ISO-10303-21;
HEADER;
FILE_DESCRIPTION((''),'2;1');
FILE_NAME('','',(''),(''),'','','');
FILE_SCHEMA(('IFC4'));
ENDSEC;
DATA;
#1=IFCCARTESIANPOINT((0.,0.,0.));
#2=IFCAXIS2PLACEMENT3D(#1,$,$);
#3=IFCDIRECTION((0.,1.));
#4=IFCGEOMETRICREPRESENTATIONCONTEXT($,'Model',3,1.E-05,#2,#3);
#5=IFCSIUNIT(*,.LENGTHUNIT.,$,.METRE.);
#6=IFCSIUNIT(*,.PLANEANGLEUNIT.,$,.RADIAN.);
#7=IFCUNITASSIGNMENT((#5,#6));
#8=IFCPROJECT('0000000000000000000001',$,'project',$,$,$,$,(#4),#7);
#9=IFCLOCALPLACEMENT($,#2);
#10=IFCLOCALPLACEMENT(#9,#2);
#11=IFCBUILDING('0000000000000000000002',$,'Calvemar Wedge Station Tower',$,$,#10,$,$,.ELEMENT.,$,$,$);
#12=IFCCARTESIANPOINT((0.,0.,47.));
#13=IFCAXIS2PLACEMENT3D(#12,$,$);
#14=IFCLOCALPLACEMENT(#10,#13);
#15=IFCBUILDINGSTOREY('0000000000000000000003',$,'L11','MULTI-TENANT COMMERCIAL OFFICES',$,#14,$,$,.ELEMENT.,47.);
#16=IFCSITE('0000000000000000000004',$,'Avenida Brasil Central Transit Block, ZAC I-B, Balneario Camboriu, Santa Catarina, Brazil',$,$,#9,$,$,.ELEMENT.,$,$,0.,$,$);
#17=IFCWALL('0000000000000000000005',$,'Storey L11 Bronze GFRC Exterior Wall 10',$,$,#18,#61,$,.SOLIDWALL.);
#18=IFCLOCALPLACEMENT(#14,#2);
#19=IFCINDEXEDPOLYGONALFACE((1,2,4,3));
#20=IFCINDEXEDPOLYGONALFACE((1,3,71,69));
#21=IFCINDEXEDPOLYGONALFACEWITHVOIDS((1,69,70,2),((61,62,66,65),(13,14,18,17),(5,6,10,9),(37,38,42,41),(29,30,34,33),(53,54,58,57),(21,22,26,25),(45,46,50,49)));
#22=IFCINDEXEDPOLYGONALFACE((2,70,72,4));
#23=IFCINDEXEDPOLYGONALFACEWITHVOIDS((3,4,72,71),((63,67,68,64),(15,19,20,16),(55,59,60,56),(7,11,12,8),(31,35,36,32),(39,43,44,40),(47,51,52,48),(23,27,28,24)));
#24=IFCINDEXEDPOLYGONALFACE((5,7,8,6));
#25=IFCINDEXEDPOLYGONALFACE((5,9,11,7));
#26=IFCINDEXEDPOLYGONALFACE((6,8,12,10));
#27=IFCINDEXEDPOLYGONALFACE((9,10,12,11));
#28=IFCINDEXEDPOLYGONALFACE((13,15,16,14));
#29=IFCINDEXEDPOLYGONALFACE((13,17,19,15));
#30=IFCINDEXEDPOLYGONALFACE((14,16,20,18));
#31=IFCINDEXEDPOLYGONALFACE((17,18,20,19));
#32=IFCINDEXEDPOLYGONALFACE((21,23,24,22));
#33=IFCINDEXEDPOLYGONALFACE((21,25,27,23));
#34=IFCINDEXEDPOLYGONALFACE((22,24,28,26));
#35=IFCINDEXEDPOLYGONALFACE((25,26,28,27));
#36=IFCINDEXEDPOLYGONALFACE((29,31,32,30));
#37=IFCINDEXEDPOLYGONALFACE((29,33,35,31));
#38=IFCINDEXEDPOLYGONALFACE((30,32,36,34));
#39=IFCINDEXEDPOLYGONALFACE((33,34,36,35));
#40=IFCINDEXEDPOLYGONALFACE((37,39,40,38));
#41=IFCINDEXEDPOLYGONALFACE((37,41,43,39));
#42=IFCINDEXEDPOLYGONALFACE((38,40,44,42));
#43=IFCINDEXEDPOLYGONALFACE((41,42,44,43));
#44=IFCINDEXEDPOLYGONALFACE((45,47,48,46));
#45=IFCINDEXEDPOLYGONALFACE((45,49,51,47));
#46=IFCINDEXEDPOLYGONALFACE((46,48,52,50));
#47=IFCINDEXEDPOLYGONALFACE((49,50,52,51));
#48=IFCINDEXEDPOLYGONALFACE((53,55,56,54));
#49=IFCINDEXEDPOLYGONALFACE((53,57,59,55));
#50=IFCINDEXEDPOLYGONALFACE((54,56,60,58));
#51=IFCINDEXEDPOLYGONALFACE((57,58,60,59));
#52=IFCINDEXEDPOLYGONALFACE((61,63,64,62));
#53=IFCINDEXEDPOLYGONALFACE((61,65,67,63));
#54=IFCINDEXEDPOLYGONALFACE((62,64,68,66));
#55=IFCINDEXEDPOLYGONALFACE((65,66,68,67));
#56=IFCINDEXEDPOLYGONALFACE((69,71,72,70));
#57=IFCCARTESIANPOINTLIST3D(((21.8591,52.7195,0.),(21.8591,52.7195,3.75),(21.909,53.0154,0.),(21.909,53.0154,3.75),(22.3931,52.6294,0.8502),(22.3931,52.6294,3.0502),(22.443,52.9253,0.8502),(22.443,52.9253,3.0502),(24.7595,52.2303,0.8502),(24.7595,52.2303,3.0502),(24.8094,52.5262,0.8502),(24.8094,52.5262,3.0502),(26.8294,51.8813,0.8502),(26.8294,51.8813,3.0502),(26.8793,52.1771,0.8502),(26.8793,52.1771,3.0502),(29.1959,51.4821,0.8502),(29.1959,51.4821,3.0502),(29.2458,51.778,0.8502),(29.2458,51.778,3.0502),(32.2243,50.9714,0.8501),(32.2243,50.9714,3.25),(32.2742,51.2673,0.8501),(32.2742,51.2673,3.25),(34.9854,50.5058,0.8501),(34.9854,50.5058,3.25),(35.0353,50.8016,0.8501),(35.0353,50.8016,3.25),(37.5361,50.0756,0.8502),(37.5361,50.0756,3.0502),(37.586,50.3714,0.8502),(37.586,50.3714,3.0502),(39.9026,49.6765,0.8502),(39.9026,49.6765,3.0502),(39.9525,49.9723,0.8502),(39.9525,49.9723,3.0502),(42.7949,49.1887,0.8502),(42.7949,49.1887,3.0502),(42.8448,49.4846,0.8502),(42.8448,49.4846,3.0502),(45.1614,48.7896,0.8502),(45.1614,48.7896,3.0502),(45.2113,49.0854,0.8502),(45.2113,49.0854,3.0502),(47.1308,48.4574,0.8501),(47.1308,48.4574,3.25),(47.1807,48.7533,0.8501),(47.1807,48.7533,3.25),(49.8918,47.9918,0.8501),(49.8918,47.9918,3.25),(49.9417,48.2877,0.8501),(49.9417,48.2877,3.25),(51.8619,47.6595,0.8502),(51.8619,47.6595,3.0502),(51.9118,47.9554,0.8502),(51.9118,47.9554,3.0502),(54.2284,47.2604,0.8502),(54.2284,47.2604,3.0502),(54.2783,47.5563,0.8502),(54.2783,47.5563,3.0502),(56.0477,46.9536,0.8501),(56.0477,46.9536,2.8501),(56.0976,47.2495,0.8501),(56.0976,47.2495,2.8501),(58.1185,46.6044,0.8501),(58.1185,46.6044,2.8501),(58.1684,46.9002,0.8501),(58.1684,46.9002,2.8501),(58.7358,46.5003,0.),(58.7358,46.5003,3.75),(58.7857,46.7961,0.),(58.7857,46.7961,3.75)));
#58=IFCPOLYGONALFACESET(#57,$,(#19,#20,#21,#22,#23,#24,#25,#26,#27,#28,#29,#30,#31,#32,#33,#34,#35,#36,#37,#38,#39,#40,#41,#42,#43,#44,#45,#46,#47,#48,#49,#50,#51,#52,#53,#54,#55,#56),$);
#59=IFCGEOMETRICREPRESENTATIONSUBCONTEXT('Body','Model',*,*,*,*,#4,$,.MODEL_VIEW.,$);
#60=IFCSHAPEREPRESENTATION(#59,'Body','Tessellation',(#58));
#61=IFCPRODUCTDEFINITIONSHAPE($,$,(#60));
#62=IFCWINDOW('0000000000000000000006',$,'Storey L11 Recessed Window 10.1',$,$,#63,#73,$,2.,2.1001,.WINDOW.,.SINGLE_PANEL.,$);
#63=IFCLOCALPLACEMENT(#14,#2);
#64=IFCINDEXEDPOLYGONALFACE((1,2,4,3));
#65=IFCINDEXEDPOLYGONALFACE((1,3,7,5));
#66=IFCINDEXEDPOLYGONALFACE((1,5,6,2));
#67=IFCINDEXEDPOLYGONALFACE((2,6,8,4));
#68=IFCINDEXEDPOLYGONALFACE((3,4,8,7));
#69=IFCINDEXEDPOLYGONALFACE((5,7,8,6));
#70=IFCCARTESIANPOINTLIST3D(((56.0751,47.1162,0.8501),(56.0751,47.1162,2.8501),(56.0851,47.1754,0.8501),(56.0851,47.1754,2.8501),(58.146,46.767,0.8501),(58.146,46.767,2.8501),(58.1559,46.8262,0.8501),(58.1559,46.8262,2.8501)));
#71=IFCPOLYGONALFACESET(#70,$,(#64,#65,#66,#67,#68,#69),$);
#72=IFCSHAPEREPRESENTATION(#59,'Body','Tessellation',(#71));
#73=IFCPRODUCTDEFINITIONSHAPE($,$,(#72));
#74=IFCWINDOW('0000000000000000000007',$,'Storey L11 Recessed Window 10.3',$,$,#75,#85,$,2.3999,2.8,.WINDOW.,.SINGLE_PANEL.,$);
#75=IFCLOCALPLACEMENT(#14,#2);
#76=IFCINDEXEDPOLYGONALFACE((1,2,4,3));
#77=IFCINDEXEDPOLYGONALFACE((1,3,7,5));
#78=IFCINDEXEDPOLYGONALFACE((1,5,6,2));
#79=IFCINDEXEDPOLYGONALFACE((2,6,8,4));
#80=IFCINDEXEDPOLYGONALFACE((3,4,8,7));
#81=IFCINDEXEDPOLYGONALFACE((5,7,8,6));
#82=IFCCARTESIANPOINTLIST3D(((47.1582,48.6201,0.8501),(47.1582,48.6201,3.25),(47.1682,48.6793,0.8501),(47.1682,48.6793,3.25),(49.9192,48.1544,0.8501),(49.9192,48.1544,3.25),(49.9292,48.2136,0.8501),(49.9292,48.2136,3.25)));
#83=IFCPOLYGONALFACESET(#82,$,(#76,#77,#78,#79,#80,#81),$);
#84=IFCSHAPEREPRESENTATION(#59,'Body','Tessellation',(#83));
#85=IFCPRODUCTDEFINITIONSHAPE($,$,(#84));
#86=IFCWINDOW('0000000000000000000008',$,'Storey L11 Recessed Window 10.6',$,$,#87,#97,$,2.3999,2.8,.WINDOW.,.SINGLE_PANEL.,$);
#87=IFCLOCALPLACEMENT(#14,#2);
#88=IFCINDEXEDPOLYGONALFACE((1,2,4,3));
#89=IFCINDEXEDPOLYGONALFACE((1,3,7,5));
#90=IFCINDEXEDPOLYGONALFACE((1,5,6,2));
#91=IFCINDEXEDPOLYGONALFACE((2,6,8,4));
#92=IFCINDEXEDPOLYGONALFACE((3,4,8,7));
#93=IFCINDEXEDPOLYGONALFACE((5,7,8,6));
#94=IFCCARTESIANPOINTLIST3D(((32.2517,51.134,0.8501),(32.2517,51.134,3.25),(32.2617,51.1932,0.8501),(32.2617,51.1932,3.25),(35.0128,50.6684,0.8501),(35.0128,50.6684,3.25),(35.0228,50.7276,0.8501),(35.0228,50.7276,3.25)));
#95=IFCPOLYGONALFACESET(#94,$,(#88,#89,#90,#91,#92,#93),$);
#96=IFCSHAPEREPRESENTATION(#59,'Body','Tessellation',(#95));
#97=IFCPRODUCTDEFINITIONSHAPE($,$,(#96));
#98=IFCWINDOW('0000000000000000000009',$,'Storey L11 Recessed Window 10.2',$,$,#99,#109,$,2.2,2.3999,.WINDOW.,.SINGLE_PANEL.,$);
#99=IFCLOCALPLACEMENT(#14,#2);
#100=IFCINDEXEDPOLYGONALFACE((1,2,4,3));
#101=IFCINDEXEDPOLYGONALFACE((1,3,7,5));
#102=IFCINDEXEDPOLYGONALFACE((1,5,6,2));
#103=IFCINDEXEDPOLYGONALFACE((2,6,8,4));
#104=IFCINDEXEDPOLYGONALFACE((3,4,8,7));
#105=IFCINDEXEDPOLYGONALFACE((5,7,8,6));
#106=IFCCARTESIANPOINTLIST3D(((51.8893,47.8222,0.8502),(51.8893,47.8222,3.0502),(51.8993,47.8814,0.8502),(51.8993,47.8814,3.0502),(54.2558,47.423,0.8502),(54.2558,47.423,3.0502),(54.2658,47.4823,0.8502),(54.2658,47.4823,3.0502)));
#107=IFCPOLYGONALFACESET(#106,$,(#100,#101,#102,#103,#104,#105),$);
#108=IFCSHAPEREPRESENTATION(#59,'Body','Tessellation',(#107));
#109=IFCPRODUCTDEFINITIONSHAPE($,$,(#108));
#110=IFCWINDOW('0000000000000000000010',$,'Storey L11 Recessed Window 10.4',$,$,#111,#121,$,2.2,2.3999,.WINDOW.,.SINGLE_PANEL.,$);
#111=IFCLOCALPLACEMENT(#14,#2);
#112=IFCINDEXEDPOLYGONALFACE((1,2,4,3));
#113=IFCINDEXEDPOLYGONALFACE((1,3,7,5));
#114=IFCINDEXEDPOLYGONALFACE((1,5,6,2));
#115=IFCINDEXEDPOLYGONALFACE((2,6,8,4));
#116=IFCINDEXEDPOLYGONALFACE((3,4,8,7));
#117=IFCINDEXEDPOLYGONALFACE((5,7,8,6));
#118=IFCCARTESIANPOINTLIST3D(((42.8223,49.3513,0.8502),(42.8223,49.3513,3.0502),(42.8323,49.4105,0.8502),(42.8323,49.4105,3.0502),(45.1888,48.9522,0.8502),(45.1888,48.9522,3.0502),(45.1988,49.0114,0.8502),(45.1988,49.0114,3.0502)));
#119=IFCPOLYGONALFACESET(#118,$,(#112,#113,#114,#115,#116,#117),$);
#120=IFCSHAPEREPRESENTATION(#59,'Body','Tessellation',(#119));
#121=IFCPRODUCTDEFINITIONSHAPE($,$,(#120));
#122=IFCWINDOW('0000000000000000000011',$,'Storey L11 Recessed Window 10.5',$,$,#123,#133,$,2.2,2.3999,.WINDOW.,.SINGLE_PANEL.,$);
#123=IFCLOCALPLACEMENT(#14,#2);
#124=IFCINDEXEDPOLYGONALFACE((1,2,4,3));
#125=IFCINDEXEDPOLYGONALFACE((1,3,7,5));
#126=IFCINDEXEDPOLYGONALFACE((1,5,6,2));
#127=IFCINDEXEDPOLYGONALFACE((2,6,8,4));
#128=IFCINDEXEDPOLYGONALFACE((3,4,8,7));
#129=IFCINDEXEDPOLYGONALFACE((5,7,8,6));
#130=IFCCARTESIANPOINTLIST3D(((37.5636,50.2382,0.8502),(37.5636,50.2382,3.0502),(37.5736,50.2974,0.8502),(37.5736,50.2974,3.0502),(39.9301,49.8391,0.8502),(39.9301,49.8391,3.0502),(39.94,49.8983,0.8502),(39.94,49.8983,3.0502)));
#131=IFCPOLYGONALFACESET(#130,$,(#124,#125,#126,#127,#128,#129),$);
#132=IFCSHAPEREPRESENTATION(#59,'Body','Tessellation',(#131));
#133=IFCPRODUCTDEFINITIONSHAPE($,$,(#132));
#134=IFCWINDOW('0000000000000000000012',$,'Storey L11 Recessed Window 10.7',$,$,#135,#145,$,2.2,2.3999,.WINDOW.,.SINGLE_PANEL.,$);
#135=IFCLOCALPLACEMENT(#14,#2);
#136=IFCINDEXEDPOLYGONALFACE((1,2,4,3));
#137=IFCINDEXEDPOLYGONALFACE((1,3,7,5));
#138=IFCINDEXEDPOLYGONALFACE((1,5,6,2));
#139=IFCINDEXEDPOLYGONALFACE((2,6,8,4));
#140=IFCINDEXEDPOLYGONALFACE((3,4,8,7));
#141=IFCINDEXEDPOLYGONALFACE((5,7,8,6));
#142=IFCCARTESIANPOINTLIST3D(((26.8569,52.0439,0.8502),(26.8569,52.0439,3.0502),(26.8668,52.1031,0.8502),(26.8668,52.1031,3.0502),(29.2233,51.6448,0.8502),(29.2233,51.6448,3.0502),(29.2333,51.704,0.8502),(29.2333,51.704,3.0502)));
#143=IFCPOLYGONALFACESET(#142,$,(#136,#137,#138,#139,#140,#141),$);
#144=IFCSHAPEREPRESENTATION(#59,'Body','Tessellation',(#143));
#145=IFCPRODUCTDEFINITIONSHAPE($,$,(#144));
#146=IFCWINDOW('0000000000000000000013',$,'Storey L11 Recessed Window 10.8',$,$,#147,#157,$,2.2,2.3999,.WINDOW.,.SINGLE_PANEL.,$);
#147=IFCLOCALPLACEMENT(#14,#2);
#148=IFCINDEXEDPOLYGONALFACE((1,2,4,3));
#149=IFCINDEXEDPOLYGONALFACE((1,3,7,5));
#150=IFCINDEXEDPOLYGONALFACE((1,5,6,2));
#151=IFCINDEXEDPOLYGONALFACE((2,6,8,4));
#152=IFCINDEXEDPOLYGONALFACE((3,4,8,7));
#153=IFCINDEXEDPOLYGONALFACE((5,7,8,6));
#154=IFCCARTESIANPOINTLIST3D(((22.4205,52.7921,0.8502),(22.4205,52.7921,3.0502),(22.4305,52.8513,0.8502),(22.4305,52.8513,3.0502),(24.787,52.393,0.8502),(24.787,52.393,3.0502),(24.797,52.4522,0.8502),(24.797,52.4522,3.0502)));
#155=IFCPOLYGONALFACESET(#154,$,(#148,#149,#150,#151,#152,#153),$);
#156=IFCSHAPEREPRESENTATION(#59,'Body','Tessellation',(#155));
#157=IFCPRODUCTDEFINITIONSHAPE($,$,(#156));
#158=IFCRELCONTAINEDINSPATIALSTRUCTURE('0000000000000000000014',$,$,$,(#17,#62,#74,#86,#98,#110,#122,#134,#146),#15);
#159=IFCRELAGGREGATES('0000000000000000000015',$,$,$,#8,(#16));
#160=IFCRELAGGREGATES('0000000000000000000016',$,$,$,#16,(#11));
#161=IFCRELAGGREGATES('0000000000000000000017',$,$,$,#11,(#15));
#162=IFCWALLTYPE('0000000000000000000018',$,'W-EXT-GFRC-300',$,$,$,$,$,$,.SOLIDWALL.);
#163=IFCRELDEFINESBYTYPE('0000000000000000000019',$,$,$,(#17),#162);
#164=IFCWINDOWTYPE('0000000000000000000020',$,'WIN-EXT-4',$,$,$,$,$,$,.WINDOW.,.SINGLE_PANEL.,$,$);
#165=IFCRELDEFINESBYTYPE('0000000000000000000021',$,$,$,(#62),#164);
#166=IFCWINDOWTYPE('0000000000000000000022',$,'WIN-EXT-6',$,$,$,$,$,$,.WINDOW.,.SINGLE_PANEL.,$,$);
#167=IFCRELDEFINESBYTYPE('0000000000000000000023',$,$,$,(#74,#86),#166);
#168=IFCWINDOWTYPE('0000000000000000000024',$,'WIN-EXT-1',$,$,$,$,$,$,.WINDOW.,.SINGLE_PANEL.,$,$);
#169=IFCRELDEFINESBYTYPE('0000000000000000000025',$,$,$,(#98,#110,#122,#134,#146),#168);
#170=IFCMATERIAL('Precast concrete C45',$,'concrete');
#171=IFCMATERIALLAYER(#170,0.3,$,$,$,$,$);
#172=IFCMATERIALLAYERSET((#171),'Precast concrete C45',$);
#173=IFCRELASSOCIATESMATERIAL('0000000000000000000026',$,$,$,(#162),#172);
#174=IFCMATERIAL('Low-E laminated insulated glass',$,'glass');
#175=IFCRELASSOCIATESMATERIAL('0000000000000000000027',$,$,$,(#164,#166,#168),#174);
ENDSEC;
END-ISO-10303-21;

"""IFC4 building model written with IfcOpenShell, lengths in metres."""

from ifc_helpers import new_model, si_unit, direction, frame, frame_2d, origin, place, context, subcontext, project, spatial, rectangle, extrude, source, transform, mapped, material, layer, layer_set, type_object, element, fill, save


model = new_model("IFC4")

# Units and contexts
model_context = context("Model", 3, precision=1e-05, world=origin(), true_north=direction((0.0, 1.0)))
body_context = subcontext(model_context, "Body", "Model", "MODEL_VIEW")
ifc_project = project(units=[si_unit("LENGTHUNIT", "METRE"), si_unit("PLANEANGLEUNIT", "RADIAN")], contexts=[model_context])

# Site, building, storey
site_placement = place(None, origin())
site = spatial("IfcSite", under=ifc_project, at=site_placement, Name="Avenida Brasil Central Transit Block, ZAC I-B, Balneario Camboriu, Santa Catarina, Brazil", CompositionType="ELEMENT", RefElevation=0.0)
building_placement = place(site_placement, origin())
building = spatial("IfcBuilding", under=site, at=building_placement, Name="Calvemar Wedge Station Tower", CompositionType="ELEMENT")
storey_placement = place(building_placement, frame((0.0, 0.0, 47.0)))
storey = spatial("IfcBuildingStorey", under=building, at=storey_placement, Name="L11", Description="MULTI-TENANT COMMERCIAL OFFICES", CompositionType="ELEMENT", Elevation=47.0)

# Shared definitions
ifc_material_1 = material(Name="Low-E laminated insulated glass", Category="glass")

# Shared definitions
ifc_material_2 = material(Name="Precast concrete C45", Category="concrete")
ifc_layer_1 = layer(ifc_material_2, 0.3)
ifc_layer_set_1 = layer_set([ifc_layer_1], Name="Precast concrete C45")
wall_type_1 = type_object("IfcWallType", Name="W-EXT-GFRC-300", PredefinedType="SOLIDWALL", material=ifc_layer_set_1)

# Wall, openings, windows
wall_1_placement = place(storey_placement, frame((58.7607, 46.6482, 0.0), z_axis=(0.0, 0.0, 1.0), x_axis=(-0.986075, 0.166301, 0.0)))
wall_1 = element("IfcWall", 1, at=wall_1_placement, inside=storey, type_object=wall_type_1, Name="Storey L11 Bronze GFRC Exterior Wall 10", PredefinedType="SOLIDWALL", context=body_context, shape_type="SweptSolid", body=[
    extrude(rectangle(XDim=37.3975, YDim=0.3, at=frame_2d((18.6987, 0.0))), origin(), (0.0, 0.0, 1.0), 3.75),
])
shared_shape_1 = source(origin(), body_context, "Body", "SweptSolid", [
    extrude(rectangle(XDim=2.1001, YDim=2.0, at=frame_2d((1.05, 1.0))), frame((0.0, 0.1602, 0.0), z_axis=(0.0, -1.0, 0.0), x_axis=(1.0, 0.0, 0.0)), (0.0, 0.0, 1.0), 0.3201),
])
opening_1_placement = place(wall_1_placement, frame((0.626, 0.0, 0.8501)))
opening_1 = element("IfcOpeningElement", 2, at=opening_1_placement, cuts=wall_1, PredefinedType="OPENING", context=body_context, shape_type="MappedRepresentation", body=[
    mapped(shared_shape_1, transform((0.0, 0.0, 0.0), scale=1.0)),
])
shared_shape_2 = source(origin(), body_context, "Body", "SweptSolid", [
    extrude(rectangle(XDim=2.3999, YDim=2.2, at=frame_2d((1.2, 1.1001))), frame((0.0, 0.1602, 0.0), z_axis=(0.0, -1.0, 0.0), x_axis=(1.0, 0.0, 0.0)), (0.0, 0.0, 1.0), 0.3201),
])
opening_2_placement = place(wall_1_placement, frame((4.571, 0.0, 0.8501)))
opening_2 = element("IfcOpeningElement", 3, at=opening_2_placement, cuts=wall_1, PredefinedType="OPENING", context=body_context, shape_type="MappedRepresentation", body=[
    mapped(shared_shape_2, transform((0.0, 0.0, 0.0), scale=1.0)),
])
shared_shape_3 = source(origin(), body_context, "Body", "SweptSolid", [
    extrude(rectangle(XDim=2.8, YDim=2.3999, at=frame_2d((1.3999, 1.2))), frame((0.0, 0.1602, 0.0), z_axis=(0.0, -1.0, 0.0), x_axis=(1.0, 0.0, 0.0)), (0.0, 0.0, 1.0), 0.3201),
])
opening_3_placement = place(wall_1_placement, frame((8.969, 0.0, 0.8501)))
opening_3 = element("IfcOpeningElement", 4, at=opening_3_placement, cuts=wall_1, PredefinedType="OPENING", context=body_context, shape_type="MappedRepresentation", body=[
    mapped(shared_shape_3, transform((0.0, 0.0, 0.0), scale=1.0)),
])
opening_4_placement = place(wall_1_placement, frame((13.7661, 0.0, 0.8501)))
opening_4 = element("IfcOpeningElement", 5, at=opening_4_placement, cuts=wall_1, PredefinedType="OPENING", context=body_context, shape_type="MappedRepresentation", body=[
    mapped(shared_shape_2, transform((0.0, 0.0, 0.0), scale=1.0)),
])
opening_5_placement = place(wall_1_placement, frame((19.0991, 0.0, 0.8501)))
opening_5 = element("IfcOpeningElement", 6, at=opening_5_placement, cuts=wall_1, PredefinedType="OPENING", context=body_context, shape_type="MappedRepresentation", body=[
    mapped(shared_shape_2, transform((0.0, 0.0, 0.0), scale=1.0)),
])
opening_6_placement = place(wall_1_placement, frame((24.0859, 0.0, 0.8501)))
opening_6 = element("IfcOpeningElement", 7, at=opening_6_placement, cuts=wall_1, PredefinedType="OPENING", context=body_context, shape_type="MappedRepresentation", body=[
    mapped(shared_shape_3, transform((0.0, 0.0, 0.0), scale=1.0)),
])
opening_7_placement = place(wall_1_placement, frame((29.957, 0.0, 0.8501)))
opening_7 = element("IfcOpeningElement", 8, at=opening_7_placement, cuts=wall_1, PredefinedType="OPENING", context=body_context, shape_type="MappedRepresentation", body=[
    mapped(shared_shape_2, transform((0.0, 0.0, 0.0), scale=1.0)),
])
opening_8_placement = place(wall_1_placement, frame((34.4561, 0.0, 0.8501)))
opening_8 = element("IfcOpeningElement", 9, at=opening_8_placement, cuts=wall_1, PredefinedType="OPENING", context=body_context, shape_type="MappedRepresentation", body=[
    mapped(shared_shape_2, transform((0.0, 0.0, 0.0), scale=1.0)),
])
window_type_1 = type_object("IfcWindowType", Name="WIN-EXT-4", PartitioningType="SINGLE_PANEL", PredefinedType="WINDOW", material=ifc_material_1)
shared_shape_4 = source(origin(), body_context, "Body", "SweptSolid", [
    extrude(rectangle(XDim=2.1001, YDim=2.0, at=frame_2d((1.05, 1.0))), frame((0.0, -0.0149, 0.0), z_axis=(0.0, -1.0, 0.0), x_axis=(1.0, 0.0, 0.0)), (0.0, 0.0, 1.0), 0.0601),
])
window_1_placement = place(opening_1_placement, origin())
window_1 = element("IfcWindow", 10, at=window_1_placement, inside=storey, type_object=window_type_1, Name="Storey L11 Recessed Window 10.1", OverallHeight=2.0, OverallWidth=2.1001, PartitioningType="SINGLE_PANEL", PredefinedType="WINDOW", context=body_context, shape_type="MappedRepresentation", body=[
    mapped(shared_shape_4, transform((0.0, 0.0, 0.0), scale=1.0)),
])
fill(opening_1, window_1)
window_type_2 = type_object("IfcWindowType", Name="WIN-EXT-6", PartitioningType="SINGLE_PANEL", PredefinedType="WINDOW", material=ifc_material_1)
shared_shape_5 = source(origin(), body_context, "Body", "SweptSolid", [
    extrude(rectangle(XDim=2.8, YDim=2.3999, at=frame_2d((1.3999, 1.2))), frame((0.0, -0.0149, 0.0), z_axis=(0.0, -1.0, 0.0), x_axis=(1.0, 0.0, 0.0)), (0.0, 0.0, 1.0), 0.0601),
])
window_2_placement = place(opening_3_placement, origin())
window_2 = element("IfcWindow", 11, at=window_2_placement, inside=storey, type_object=window_type_2, Name="Storey L11 Recessed Window 10.3", OverallHeight=2.3999, OverallWidth=2.8, PartitioningType="SINGLE_PANEL", PredefinedType="WINDOW", context=body_context, shape_type="MappedRepresentation", body=[
    mapped(shared_shape_5, transform((0.0, 0.0, 0.0), scale=1.0)),
])
fill(opening_3, window_2)
window_3_placement = place(opening_6_placement, origin())
window_3 = element("IfcWindow", 12, at=window_3_placement, inside=storey, type_object=window_type_2, Name="Storey L11 Recessed Window 10.6", OverallHeight=2.3999, OverallWidth=2.8, PartitioningType="SINGLE_PANEL", PredefinedType="WINDOW", context=body_context, shape_type="MappedRepresentation", body=[
    mapped(shared_shape_5, transform((0.0, 0.0, 0.0), scale=1.0)),
])
fill(opening_6, window_3)
window_type_3 = type_object("IfcWindowType", Name="WIN-EXT-1", PartitioningType="SINGLE_PANEL", PredefinedType="WINDOW", material=ifc_material_1)
shared_shape_6 = source(origin(), body_context, "Body", "SweptSolid", [
    extrude(rectangle(XDim=2.3999, YDim=2.2, at=frame_2d((1.2, 1.1001))), frame((0.0, -0.0149, 0.0), z_axis=(0.0, -1.0, 0.0), x_axis=(1.0, 0.0, 0.0)), (0.0, 0.0, 1.0), 0.0601),
])
window_4_placement = place(opening_2_placement, origin())
window_4 = element("IfcWindow", 13, at=window_4_placement, inside=storey, type_object=window_type_3, Name="Storey L11 Recessed Window 10.2", OverallHeight=2.2, OverallWidth=2.3999, PartitioningType="SINGLE_PANEL", PredefinedType="WINDOW", context=body_context, shape_type="MappedRepresentation", body=[
    mapped(shared_shape_6, transform((0.0, 0.0, 0.0), scale=1.0)),
])
fill(opening_2, window_4)
window_5_placement = place(opening_4_placement, origin())
window_5 = element("IfcWindow", 14, at=window_5_placement, inside=storey, type_object=window_type_3, Name="Storey L11 Recessed Window 10.4", OverallHeight=2.2, OverallWidth=2.3999, PartitioningType="SINGLE_PANEL", PredefinedType="WINDOW", context=body_context, shape_type="MappedRepresentation", body=[
    mapped(shared_shape_6, transform((0.0, 0.0, 0.0), scale=1.0)),
])
fill(opening_4, window_5)
window_6_placement = place(opening_5_placement, origin())
window_6 = element("IfcWindow", 15, at=window_6_placement, inside=storey, type_object=window_type_3, Name="Storey L11 Recessed Window 10.5", OverallHeight=2.2, OverallWidth=2.3999, PartitioningType="SINGLE_PANEL", PredefinedType="WINDOW", context=body_context, shape_type="MappedRepresentation", body=[
    mapped(shared_shape_6, transform((0.0, 0.0, 0.0), scale=1.0)),
])
fill(opening_5, window_6)
window_7_placement = place(opening_7_placement, origin())
window_7 = element("IfcWindow", 16, at=window_7_placement, inside=storey, type_object=window_type_3, Name="Storey L11 Recessed Window 10.7", OverallHeight=2.2, OverallWidth=2.3999, PartitioningType="SINGLE_PANEL", PredefinedType="WINDOW", context=body_context, shape_type="MappedRepresentation", body=[
    mapped(shared_shape_6, transform((0.0, 0.0, 0.0), scale=1.0)),
])
fill(opening_7, window_7)
window_8_placement = place(opening_8_placement, origin())
window_8 = element("IfcWindow", 17, at=window_8_placement, inside=storey, type_object=window_type_3, Name="Storey L11 Recessed Window 10.8", OverallHeight=2.2, OverallWidth=2.3999, PartitioningType="SINGLE_PANEL", PredefinedType="WINDOW", context=body_context, shape_type="MappedRepresentation", body=[
    mapped(shared_shape_6, transform((0.0, 0.0, 0.0), scale=1.0)),
])
fill(opening_8, window_8)

save(model, "model.ifc")
